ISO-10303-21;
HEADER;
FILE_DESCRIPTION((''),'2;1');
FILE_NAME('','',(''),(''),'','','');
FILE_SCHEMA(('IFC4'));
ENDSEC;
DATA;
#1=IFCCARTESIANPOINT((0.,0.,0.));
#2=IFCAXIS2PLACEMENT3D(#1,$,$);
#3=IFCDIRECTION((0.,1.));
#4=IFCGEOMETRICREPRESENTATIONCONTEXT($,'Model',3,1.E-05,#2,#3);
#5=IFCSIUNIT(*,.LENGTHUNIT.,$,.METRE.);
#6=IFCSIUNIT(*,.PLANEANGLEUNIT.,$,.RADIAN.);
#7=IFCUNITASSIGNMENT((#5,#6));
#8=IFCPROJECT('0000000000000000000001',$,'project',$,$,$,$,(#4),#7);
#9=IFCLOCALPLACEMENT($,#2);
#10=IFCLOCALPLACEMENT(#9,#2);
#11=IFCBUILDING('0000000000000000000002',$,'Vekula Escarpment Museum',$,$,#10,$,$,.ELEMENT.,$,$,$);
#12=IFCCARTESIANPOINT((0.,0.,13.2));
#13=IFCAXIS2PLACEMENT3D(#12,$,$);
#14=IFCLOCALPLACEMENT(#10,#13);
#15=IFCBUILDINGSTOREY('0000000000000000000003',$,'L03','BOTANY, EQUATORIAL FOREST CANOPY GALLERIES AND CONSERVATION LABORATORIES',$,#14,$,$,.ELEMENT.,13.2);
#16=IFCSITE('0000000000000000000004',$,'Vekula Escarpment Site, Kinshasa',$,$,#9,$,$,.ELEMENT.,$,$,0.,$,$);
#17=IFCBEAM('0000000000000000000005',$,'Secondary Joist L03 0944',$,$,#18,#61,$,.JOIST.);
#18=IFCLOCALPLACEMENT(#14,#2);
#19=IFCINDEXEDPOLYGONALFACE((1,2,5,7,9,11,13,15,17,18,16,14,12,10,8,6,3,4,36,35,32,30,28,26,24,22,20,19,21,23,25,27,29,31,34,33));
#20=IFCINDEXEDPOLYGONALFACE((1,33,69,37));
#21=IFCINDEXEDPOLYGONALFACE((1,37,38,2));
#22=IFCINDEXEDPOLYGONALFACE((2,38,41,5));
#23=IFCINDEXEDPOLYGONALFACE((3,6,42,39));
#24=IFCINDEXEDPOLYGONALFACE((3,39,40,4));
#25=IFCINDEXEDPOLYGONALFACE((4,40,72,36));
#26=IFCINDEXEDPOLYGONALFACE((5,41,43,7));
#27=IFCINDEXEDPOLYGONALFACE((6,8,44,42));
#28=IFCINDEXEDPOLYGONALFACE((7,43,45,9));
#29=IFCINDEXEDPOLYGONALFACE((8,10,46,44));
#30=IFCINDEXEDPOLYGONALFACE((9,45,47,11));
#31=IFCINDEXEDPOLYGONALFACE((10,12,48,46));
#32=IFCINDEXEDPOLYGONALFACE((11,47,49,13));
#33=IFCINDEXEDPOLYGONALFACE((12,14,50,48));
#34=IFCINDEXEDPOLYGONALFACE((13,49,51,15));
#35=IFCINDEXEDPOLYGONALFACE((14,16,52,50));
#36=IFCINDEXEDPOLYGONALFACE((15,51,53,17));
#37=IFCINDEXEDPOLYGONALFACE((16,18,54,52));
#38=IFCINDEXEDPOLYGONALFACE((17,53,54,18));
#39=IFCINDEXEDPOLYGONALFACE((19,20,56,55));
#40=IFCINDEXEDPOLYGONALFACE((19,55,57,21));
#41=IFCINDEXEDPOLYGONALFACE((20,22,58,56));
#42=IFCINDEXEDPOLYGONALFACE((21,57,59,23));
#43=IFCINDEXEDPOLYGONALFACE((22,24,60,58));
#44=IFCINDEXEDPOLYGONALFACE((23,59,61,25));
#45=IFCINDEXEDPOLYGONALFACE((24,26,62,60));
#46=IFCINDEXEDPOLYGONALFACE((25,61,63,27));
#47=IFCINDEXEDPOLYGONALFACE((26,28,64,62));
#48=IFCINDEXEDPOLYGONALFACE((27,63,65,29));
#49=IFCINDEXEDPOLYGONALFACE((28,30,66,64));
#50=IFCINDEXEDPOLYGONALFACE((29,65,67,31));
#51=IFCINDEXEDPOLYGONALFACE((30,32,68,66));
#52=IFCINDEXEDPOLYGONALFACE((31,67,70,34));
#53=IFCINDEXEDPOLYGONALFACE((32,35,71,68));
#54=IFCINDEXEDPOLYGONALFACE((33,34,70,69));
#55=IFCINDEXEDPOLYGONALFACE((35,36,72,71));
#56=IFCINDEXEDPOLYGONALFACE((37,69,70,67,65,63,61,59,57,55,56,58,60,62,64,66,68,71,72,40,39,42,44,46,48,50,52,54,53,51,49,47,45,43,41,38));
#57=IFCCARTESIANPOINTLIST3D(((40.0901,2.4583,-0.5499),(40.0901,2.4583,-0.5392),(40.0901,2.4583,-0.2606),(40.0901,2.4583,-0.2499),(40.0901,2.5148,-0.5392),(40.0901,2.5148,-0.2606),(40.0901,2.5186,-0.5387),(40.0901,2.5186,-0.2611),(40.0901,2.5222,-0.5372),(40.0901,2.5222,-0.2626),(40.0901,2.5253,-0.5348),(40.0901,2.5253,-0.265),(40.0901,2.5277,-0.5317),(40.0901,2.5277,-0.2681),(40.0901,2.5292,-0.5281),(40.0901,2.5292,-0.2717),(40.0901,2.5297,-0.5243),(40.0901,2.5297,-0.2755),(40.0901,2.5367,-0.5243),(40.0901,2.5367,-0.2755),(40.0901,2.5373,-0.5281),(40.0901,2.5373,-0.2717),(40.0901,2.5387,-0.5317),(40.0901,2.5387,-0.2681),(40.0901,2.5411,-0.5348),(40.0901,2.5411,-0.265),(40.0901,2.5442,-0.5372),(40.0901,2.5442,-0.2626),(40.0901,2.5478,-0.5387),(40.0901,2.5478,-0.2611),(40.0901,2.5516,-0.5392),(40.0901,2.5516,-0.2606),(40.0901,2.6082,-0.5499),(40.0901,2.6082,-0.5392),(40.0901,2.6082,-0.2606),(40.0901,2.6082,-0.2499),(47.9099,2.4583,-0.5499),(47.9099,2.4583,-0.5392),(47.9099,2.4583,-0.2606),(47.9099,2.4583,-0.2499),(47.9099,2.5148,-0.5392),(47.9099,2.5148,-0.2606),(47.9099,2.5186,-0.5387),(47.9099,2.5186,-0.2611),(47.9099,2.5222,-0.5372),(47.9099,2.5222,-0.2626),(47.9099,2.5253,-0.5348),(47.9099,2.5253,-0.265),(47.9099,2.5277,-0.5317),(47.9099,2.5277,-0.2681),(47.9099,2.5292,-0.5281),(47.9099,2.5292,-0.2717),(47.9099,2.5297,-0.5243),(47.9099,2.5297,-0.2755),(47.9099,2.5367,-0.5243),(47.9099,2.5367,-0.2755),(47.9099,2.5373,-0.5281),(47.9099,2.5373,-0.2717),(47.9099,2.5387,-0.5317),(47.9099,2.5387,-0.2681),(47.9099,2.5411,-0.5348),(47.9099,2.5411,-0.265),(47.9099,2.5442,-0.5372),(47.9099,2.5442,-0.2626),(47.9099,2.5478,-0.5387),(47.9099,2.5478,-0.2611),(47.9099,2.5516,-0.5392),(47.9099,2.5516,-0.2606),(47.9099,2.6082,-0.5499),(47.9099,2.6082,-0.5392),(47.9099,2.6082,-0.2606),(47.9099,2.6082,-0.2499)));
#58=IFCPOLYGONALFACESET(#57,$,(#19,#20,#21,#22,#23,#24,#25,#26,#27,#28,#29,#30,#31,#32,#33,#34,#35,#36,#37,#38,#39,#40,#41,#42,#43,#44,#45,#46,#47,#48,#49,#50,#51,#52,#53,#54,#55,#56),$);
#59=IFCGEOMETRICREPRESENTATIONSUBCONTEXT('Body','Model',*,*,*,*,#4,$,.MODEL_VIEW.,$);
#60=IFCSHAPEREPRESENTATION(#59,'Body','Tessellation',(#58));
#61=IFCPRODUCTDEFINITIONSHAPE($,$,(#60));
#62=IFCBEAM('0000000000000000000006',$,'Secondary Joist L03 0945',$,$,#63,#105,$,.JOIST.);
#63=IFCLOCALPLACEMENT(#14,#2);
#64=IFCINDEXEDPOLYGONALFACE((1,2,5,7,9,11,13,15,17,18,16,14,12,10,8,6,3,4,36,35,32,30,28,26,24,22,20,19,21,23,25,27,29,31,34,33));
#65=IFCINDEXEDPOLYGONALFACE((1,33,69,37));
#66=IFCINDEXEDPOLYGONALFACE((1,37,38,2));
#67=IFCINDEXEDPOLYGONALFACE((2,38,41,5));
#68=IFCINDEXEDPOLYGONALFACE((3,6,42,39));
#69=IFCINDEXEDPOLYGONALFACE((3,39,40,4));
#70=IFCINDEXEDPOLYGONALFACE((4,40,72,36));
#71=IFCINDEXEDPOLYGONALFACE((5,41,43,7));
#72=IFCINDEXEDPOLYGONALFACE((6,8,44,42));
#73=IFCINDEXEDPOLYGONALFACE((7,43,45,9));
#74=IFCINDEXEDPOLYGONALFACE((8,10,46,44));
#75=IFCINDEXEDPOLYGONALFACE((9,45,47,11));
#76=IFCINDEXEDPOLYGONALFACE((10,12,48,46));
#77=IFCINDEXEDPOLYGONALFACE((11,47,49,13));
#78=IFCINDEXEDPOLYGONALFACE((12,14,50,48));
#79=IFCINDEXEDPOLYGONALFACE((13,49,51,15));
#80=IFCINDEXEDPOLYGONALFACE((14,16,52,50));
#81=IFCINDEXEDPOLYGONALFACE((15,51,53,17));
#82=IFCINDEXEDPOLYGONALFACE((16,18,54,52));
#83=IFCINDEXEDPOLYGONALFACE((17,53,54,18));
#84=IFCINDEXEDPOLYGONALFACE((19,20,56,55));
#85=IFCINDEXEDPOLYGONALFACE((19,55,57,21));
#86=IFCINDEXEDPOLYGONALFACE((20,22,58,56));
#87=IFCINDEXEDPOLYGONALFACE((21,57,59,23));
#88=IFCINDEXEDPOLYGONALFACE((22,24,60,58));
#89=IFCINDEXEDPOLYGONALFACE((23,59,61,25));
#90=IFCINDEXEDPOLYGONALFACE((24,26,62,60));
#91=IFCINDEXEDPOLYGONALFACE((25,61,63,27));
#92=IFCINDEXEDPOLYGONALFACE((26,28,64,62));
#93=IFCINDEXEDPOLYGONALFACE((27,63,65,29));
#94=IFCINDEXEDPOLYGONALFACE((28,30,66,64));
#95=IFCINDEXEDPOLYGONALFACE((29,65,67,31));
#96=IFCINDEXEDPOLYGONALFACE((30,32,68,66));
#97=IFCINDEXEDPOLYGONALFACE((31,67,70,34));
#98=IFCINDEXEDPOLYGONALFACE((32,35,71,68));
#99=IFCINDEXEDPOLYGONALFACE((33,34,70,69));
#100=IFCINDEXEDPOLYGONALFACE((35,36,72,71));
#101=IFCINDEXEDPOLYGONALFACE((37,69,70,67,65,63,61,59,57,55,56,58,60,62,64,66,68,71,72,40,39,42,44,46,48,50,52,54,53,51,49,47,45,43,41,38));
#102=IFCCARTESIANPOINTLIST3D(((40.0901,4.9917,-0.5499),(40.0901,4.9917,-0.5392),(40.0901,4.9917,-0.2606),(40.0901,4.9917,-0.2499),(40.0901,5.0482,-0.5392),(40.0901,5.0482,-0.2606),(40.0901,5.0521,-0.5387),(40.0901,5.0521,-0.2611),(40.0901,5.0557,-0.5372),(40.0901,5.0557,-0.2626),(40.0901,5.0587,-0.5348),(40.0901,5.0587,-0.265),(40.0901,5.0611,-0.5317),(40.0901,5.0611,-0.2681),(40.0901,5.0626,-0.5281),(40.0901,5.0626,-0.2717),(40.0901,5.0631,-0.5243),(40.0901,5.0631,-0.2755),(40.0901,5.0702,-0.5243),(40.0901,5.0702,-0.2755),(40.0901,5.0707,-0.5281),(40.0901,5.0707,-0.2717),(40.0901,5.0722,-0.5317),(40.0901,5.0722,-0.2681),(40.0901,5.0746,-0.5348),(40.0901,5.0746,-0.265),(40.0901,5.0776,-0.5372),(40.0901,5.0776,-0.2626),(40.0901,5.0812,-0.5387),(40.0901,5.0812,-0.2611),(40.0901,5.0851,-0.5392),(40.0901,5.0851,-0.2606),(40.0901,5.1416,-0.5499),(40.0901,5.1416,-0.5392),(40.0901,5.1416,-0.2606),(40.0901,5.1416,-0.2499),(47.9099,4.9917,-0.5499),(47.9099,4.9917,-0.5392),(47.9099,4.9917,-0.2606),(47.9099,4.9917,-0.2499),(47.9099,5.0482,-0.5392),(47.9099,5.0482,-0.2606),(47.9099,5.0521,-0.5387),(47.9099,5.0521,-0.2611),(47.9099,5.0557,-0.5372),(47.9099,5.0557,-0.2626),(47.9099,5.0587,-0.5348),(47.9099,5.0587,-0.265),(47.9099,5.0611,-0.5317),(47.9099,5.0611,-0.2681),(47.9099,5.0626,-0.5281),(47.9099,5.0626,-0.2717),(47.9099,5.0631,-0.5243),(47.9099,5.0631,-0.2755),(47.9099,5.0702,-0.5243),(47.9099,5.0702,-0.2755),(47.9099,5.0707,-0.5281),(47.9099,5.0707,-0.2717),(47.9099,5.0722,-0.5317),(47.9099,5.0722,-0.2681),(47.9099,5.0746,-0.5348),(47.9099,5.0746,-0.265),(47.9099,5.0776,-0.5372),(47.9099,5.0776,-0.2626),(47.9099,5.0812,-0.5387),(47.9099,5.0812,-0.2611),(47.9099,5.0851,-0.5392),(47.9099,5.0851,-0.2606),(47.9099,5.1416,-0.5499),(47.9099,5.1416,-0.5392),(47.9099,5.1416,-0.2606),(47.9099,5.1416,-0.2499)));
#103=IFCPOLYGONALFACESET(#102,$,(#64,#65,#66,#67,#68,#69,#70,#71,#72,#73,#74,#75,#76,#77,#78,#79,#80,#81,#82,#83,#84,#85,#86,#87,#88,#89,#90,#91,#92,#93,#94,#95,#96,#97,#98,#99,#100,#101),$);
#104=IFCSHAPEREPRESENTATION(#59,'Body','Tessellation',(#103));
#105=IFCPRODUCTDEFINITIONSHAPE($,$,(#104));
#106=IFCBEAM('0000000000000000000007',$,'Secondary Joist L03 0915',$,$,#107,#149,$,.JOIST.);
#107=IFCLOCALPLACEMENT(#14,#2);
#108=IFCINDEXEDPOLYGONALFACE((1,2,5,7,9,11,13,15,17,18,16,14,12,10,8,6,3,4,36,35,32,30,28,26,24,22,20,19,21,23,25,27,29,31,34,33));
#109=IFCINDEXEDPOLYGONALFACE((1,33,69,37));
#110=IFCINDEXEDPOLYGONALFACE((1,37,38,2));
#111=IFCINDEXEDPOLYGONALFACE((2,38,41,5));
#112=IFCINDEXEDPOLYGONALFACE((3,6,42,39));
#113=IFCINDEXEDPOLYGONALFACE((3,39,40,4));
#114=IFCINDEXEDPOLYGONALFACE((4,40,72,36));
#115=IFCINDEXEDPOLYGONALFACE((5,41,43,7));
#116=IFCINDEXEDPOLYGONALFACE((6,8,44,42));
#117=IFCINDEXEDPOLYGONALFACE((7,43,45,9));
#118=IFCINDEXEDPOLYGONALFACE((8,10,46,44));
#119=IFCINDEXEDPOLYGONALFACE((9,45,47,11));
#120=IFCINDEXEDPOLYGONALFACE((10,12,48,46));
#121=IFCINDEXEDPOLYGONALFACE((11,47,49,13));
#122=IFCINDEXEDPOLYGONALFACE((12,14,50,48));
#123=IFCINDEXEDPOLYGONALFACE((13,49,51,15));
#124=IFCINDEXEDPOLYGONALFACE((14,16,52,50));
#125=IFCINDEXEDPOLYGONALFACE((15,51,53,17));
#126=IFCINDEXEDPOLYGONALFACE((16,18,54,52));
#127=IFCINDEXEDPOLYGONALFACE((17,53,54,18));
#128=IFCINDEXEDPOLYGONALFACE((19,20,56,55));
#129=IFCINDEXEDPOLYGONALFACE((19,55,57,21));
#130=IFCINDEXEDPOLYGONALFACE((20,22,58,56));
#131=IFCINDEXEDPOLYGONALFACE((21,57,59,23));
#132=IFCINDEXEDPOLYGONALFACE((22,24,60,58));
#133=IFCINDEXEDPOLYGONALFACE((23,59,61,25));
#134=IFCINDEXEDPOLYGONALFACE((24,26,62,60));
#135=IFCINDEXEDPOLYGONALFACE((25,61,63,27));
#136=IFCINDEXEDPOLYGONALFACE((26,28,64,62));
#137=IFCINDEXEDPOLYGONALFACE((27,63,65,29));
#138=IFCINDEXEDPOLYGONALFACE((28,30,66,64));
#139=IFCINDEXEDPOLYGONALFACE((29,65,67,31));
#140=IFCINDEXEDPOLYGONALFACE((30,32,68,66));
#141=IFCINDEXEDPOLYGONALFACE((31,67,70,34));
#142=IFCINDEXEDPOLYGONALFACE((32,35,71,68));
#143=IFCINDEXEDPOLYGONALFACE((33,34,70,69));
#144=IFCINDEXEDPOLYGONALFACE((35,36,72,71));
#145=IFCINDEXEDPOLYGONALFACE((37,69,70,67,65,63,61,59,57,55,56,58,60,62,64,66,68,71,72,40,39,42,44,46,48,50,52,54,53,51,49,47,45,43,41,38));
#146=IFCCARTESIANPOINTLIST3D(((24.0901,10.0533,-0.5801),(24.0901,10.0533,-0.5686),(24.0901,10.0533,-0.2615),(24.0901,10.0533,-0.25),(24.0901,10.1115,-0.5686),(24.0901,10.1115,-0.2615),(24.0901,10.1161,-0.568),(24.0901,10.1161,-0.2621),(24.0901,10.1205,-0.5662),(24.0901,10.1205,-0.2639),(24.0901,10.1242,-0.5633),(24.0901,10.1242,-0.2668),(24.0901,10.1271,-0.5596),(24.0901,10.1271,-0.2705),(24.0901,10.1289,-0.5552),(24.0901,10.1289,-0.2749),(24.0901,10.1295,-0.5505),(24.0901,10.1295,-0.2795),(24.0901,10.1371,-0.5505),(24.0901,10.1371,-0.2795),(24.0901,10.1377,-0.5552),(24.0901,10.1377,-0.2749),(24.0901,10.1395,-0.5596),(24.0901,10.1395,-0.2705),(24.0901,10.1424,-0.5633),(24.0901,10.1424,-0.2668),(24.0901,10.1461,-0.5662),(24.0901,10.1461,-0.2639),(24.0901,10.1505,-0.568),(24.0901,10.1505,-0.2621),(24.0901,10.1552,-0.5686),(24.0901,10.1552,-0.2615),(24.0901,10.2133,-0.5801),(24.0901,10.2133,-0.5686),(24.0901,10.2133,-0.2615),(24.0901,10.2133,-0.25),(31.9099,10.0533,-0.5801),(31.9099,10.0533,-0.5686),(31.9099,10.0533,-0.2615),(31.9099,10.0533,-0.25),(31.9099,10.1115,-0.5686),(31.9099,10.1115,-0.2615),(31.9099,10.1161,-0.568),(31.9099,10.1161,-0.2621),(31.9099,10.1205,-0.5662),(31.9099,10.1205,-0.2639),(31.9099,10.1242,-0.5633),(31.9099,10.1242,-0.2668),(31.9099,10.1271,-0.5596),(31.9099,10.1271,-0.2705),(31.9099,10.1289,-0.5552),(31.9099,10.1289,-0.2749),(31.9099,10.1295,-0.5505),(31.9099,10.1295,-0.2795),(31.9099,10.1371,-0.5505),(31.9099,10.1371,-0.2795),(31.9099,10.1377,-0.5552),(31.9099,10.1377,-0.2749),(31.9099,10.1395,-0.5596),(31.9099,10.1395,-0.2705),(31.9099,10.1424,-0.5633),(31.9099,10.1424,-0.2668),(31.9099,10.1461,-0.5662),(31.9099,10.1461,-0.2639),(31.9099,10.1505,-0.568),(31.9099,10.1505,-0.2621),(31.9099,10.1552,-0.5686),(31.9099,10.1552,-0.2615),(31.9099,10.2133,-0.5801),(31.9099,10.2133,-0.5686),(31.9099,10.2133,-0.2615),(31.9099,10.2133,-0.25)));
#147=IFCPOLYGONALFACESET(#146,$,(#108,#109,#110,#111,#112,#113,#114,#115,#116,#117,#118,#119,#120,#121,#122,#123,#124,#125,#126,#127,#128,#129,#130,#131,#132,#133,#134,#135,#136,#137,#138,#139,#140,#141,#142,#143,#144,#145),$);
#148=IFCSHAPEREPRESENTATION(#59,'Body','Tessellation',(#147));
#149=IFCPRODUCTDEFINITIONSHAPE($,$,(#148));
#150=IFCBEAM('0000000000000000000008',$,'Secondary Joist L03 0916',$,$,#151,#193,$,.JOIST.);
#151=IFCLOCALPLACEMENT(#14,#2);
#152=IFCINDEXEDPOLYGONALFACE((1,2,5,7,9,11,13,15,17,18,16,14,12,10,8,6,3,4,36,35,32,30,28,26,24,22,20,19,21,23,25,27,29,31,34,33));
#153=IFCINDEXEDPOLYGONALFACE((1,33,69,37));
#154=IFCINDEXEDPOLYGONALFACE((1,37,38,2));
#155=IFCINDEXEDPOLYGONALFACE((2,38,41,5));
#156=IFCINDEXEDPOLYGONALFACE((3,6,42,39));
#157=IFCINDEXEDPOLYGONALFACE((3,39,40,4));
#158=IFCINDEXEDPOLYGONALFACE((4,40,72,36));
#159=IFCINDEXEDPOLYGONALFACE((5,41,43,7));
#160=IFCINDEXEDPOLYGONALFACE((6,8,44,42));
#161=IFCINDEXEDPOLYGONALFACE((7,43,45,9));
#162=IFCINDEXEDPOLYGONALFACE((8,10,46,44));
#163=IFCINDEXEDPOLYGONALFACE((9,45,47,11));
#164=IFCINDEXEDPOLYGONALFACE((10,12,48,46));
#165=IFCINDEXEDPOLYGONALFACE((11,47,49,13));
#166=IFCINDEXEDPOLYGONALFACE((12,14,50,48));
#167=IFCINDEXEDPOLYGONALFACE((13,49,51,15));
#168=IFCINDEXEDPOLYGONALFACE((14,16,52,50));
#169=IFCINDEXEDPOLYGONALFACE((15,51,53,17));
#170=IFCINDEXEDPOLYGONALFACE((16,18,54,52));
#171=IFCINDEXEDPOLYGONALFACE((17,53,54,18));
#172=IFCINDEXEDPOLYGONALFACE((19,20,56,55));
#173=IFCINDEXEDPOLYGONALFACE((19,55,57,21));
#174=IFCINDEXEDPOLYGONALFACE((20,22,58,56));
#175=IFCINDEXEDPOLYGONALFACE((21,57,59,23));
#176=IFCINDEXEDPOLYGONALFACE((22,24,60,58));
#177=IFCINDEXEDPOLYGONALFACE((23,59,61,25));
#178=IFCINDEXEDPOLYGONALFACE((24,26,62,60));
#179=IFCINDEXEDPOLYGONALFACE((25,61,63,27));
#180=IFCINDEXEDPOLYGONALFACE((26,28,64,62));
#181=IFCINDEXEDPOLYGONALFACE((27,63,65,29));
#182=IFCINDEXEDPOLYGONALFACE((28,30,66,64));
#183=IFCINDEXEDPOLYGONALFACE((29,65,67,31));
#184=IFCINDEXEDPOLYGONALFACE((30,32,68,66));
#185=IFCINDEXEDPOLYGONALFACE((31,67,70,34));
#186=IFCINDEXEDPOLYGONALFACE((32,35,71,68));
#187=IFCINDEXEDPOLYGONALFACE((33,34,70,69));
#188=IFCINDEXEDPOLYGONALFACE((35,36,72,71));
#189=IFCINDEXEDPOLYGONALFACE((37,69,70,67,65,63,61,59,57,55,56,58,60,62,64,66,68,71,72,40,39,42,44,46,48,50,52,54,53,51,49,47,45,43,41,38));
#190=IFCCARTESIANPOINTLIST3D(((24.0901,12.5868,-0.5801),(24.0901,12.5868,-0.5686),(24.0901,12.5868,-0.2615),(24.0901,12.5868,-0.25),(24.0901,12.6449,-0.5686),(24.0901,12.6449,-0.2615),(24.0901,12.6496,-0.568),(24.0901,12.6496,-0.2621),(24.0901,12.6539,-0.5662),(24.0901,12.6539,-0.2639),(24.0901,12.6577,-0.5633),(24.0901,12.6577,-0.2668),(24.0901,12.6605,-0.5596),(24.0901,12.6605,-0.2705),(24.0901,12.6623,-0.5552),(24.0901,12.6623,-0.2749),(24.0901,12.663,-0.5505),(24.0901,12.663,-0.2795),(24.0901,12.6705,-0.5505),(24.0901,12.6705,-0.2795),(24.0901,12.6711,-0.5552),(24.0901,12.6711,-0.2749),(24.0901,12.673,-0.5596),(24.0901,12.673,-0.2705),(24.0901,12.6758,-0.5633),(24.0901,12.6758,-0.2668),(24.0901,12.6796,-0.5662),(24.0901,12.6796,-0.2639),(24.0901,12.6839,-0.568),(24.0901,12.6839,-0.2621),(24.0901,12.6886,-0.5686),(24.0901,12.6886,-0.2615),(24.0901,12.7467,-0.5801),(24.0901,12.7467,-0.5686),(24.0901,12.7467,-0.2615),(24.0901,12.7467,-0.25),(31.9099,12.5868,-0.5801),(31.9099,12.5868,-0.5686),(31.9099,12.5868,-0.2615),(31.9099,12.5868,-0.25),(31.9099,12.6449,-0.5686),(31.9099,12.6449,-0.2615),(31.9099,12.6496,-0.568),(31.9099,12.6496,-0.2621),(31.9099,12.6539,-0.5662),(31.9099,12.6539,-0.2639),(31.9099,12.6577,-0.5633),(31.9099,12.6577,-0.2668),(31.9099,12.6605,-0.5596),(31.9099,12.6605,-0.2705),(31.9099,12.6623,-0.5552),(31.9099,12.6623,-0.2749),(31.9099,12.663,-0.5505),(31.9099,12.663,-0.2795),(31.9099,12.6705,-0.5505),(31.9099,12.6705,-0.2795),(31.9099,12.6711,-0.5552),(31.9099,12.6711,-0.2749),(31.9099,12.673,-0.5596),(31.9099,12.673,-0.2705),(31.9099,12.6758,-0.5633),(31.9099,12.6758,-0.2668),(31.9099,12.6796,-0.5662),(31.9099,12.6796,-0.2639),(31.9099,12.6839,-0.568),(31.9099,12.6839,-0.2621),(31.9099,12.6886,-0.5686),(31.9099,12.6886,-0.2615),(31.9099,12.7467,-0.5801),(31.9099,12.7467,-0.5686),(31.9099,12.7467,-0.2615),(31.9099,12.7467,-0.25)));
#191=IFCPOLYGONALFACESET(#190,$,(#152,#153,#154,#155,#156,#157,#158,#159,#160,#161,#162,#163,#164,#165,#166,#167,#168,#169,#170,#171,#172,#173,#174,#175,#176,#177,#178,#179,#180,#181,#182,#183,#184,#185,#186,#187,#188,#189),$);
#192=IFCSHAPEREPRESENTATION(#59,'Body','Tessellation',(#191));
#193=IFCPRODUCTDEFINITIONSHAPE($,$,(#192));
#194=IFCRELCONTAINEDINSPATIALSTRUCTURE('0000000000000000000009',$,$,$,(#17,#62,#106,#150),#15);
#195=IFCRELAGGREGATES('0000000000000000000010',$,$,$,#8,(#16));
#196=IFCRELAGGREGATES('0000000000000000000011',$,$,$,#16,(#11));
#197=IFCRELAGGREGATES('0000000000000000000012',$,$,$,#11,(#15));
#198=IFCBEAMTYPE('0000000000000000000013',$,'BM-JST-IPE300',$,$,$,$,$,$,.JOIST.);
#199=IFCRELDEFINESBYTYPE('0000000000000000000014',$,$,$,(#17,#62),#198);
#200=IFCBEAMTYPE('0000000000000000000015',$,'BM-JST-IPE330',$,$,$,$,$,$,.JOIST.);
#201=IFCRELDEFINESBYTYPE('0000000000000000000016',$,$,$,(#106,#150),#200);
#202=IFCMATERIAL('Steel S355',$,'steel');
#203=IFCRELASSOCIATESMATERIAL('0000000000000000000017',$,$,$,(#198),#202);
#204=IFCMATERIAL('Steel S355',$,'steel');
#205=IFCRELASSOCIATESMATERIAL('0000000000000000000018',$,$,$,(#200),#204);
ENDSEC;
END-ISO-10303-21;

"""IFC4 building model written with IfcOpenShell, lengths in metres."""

from ifc_helpers import new_model, si_unit, direction, frame, origin, origin_2d, place, context, subcontext, project, spatial, i_section, extrude, material, material_profile, profile_set, type_object, element, save


model = new_model("IFC4")

# Units and contexts
model_context = context("Model", 3, precision=1e-05, world=origin(), true_north=direction((0.0, 1.0)))
body_context = subcontext(model_context, "Body", "Model", "MODEL_VIEW")
ifc_project = project(units=[si_unit("LENGTHUNIT", "METRE"), si_unit("PLANEANGLEUNIT", "RADIAN")], contexts=[model_context])

# Site, building, storey
site_placement = place(None, origin())
site = spatial("IfcSite", under=ifc_project, at=site_placement, Name="Vekula Escarpment Site, Kinshasa", CompositionType="ELEMENT", RefElevation=0.0)
building_placement = place(site_placement, origin())
building = spatial("IfcBuilding", under=site, at=building_placement, Name="Vekula Escarpment Museum", CompositionType="ELEMENT")
storey_placement = place(building_placement, frame((0.0, 0.0, 13.2)))
storey = spatial("IfcBuildingStorey", under=building, at=storey_placement, Name="L03", Description="BOTANY, EQUATORIAL FOREST CANOPY GALLERIES AND CONSERVATION LABORATORIES", CompositionType="ELEMENT", Elevation=13.2)

# Beams
ifc_material_1 = material(Name="Steel S355", Category="steel")
ifc_material_profile_1 = material_profile(ifc_material_1, i_section(OverallWidth=0.1499, OverallDepth=0.3, WebThickness=0.0071, FlangeThickness=0.0107, FilletRadius=0.0149, at=origin_2d()), Name="IPE 300")
ifc_profile_set_1 = profile_set([ifc_material_profile_1], Name="Steel S355")
beam_type_1 = type_object("IfcBeamType", Name="BM-JST-IPE300", PredefinedType="JOIST", material=ifc_profile_set_1)
for number, where, z_axis, x_axis, name in (
    (1, (40.0901, 2.5332, -0.3999), (1.0, 0.0, 0.0), (0.0, 1.0, 0.0), "Secondary Joist L03 0944"),
    (2, (40.0901, 5.0667, -0.3999), (1.0, 0.0, 0.0), (0.0, 1.0, 0.0), "Secondary Joist L03 0945"),
):
    element("IfcBeam", number, at=place(storey_placement, frame(where, z_axis=z_axis, x_axis=x_axis)), inside=storey, type_object=beam_type_1, Name=name, PredefinedType="JOIST", context=body_context, shape_type="SweptSolid", body=[
        extrude(i_section(OverallWidth=0.1499, OverallDepth=0.3, WebThickness=0.0071, FlangeThickness=0.0107, FilletRadius=0.0149, at=origin_2d()), origin(), (0.0, 0.0, 1.0), 7.8198),
    ])
ifc_material_2 = material(Name="Steel S355", Category="steel")
ifc_material_profile_2 = material_profile(ifc_material_2, i_section(OverallWidth=0.1599, OverallDepth=0.3301, WebThickness=0.0076, FlangeThickness=0.0115, FilletRadius=0.0181, at=origin_2d()), Name="IPE 330")
ifc_profile_set_2 = profile_set([ifc_material_profile_2], Name="Steel S355")
beam_type_2 = type_object("IfcBeamType", Name="BM-JST-IPE330", PredefinedType="JOIST", material=ifc_profile_set_2)
for number, where, z_axis, x_axis, name in (
    (3, (24.0901, 10.1333, -0.415), (1.0, 0.0, 0.0), (0.0, 1.0, 0.0), "Secondary Joist L03 0915"),
    (4, (24.0901, 12.6667, -0.415), (1.0, 0.0, 0.0), (0.0, 1.0, 0.0), "Secondary Joist L03 0916"),
):
    element("IfcBeam", number, at=place(storey_placement, frame(where, z_axis=z_axis, x_axis=x_axis)), inside=storey, type_object=beam_type_2, Name=name, PredefinedType="JOIST", context=body_context, shape_type="SweptSolid", body=[
        extrude(i_section(OverallWidth=0.1599, OverallDepth=0.3301, WebThickness=0.0076, FlangeThickness=0.0115, FilletRadius=0.0181, at=origin_2d()), origin(), (0.0, 0.0, 1.0), 7.8198),
    ])

save(model, "model.ifc")
